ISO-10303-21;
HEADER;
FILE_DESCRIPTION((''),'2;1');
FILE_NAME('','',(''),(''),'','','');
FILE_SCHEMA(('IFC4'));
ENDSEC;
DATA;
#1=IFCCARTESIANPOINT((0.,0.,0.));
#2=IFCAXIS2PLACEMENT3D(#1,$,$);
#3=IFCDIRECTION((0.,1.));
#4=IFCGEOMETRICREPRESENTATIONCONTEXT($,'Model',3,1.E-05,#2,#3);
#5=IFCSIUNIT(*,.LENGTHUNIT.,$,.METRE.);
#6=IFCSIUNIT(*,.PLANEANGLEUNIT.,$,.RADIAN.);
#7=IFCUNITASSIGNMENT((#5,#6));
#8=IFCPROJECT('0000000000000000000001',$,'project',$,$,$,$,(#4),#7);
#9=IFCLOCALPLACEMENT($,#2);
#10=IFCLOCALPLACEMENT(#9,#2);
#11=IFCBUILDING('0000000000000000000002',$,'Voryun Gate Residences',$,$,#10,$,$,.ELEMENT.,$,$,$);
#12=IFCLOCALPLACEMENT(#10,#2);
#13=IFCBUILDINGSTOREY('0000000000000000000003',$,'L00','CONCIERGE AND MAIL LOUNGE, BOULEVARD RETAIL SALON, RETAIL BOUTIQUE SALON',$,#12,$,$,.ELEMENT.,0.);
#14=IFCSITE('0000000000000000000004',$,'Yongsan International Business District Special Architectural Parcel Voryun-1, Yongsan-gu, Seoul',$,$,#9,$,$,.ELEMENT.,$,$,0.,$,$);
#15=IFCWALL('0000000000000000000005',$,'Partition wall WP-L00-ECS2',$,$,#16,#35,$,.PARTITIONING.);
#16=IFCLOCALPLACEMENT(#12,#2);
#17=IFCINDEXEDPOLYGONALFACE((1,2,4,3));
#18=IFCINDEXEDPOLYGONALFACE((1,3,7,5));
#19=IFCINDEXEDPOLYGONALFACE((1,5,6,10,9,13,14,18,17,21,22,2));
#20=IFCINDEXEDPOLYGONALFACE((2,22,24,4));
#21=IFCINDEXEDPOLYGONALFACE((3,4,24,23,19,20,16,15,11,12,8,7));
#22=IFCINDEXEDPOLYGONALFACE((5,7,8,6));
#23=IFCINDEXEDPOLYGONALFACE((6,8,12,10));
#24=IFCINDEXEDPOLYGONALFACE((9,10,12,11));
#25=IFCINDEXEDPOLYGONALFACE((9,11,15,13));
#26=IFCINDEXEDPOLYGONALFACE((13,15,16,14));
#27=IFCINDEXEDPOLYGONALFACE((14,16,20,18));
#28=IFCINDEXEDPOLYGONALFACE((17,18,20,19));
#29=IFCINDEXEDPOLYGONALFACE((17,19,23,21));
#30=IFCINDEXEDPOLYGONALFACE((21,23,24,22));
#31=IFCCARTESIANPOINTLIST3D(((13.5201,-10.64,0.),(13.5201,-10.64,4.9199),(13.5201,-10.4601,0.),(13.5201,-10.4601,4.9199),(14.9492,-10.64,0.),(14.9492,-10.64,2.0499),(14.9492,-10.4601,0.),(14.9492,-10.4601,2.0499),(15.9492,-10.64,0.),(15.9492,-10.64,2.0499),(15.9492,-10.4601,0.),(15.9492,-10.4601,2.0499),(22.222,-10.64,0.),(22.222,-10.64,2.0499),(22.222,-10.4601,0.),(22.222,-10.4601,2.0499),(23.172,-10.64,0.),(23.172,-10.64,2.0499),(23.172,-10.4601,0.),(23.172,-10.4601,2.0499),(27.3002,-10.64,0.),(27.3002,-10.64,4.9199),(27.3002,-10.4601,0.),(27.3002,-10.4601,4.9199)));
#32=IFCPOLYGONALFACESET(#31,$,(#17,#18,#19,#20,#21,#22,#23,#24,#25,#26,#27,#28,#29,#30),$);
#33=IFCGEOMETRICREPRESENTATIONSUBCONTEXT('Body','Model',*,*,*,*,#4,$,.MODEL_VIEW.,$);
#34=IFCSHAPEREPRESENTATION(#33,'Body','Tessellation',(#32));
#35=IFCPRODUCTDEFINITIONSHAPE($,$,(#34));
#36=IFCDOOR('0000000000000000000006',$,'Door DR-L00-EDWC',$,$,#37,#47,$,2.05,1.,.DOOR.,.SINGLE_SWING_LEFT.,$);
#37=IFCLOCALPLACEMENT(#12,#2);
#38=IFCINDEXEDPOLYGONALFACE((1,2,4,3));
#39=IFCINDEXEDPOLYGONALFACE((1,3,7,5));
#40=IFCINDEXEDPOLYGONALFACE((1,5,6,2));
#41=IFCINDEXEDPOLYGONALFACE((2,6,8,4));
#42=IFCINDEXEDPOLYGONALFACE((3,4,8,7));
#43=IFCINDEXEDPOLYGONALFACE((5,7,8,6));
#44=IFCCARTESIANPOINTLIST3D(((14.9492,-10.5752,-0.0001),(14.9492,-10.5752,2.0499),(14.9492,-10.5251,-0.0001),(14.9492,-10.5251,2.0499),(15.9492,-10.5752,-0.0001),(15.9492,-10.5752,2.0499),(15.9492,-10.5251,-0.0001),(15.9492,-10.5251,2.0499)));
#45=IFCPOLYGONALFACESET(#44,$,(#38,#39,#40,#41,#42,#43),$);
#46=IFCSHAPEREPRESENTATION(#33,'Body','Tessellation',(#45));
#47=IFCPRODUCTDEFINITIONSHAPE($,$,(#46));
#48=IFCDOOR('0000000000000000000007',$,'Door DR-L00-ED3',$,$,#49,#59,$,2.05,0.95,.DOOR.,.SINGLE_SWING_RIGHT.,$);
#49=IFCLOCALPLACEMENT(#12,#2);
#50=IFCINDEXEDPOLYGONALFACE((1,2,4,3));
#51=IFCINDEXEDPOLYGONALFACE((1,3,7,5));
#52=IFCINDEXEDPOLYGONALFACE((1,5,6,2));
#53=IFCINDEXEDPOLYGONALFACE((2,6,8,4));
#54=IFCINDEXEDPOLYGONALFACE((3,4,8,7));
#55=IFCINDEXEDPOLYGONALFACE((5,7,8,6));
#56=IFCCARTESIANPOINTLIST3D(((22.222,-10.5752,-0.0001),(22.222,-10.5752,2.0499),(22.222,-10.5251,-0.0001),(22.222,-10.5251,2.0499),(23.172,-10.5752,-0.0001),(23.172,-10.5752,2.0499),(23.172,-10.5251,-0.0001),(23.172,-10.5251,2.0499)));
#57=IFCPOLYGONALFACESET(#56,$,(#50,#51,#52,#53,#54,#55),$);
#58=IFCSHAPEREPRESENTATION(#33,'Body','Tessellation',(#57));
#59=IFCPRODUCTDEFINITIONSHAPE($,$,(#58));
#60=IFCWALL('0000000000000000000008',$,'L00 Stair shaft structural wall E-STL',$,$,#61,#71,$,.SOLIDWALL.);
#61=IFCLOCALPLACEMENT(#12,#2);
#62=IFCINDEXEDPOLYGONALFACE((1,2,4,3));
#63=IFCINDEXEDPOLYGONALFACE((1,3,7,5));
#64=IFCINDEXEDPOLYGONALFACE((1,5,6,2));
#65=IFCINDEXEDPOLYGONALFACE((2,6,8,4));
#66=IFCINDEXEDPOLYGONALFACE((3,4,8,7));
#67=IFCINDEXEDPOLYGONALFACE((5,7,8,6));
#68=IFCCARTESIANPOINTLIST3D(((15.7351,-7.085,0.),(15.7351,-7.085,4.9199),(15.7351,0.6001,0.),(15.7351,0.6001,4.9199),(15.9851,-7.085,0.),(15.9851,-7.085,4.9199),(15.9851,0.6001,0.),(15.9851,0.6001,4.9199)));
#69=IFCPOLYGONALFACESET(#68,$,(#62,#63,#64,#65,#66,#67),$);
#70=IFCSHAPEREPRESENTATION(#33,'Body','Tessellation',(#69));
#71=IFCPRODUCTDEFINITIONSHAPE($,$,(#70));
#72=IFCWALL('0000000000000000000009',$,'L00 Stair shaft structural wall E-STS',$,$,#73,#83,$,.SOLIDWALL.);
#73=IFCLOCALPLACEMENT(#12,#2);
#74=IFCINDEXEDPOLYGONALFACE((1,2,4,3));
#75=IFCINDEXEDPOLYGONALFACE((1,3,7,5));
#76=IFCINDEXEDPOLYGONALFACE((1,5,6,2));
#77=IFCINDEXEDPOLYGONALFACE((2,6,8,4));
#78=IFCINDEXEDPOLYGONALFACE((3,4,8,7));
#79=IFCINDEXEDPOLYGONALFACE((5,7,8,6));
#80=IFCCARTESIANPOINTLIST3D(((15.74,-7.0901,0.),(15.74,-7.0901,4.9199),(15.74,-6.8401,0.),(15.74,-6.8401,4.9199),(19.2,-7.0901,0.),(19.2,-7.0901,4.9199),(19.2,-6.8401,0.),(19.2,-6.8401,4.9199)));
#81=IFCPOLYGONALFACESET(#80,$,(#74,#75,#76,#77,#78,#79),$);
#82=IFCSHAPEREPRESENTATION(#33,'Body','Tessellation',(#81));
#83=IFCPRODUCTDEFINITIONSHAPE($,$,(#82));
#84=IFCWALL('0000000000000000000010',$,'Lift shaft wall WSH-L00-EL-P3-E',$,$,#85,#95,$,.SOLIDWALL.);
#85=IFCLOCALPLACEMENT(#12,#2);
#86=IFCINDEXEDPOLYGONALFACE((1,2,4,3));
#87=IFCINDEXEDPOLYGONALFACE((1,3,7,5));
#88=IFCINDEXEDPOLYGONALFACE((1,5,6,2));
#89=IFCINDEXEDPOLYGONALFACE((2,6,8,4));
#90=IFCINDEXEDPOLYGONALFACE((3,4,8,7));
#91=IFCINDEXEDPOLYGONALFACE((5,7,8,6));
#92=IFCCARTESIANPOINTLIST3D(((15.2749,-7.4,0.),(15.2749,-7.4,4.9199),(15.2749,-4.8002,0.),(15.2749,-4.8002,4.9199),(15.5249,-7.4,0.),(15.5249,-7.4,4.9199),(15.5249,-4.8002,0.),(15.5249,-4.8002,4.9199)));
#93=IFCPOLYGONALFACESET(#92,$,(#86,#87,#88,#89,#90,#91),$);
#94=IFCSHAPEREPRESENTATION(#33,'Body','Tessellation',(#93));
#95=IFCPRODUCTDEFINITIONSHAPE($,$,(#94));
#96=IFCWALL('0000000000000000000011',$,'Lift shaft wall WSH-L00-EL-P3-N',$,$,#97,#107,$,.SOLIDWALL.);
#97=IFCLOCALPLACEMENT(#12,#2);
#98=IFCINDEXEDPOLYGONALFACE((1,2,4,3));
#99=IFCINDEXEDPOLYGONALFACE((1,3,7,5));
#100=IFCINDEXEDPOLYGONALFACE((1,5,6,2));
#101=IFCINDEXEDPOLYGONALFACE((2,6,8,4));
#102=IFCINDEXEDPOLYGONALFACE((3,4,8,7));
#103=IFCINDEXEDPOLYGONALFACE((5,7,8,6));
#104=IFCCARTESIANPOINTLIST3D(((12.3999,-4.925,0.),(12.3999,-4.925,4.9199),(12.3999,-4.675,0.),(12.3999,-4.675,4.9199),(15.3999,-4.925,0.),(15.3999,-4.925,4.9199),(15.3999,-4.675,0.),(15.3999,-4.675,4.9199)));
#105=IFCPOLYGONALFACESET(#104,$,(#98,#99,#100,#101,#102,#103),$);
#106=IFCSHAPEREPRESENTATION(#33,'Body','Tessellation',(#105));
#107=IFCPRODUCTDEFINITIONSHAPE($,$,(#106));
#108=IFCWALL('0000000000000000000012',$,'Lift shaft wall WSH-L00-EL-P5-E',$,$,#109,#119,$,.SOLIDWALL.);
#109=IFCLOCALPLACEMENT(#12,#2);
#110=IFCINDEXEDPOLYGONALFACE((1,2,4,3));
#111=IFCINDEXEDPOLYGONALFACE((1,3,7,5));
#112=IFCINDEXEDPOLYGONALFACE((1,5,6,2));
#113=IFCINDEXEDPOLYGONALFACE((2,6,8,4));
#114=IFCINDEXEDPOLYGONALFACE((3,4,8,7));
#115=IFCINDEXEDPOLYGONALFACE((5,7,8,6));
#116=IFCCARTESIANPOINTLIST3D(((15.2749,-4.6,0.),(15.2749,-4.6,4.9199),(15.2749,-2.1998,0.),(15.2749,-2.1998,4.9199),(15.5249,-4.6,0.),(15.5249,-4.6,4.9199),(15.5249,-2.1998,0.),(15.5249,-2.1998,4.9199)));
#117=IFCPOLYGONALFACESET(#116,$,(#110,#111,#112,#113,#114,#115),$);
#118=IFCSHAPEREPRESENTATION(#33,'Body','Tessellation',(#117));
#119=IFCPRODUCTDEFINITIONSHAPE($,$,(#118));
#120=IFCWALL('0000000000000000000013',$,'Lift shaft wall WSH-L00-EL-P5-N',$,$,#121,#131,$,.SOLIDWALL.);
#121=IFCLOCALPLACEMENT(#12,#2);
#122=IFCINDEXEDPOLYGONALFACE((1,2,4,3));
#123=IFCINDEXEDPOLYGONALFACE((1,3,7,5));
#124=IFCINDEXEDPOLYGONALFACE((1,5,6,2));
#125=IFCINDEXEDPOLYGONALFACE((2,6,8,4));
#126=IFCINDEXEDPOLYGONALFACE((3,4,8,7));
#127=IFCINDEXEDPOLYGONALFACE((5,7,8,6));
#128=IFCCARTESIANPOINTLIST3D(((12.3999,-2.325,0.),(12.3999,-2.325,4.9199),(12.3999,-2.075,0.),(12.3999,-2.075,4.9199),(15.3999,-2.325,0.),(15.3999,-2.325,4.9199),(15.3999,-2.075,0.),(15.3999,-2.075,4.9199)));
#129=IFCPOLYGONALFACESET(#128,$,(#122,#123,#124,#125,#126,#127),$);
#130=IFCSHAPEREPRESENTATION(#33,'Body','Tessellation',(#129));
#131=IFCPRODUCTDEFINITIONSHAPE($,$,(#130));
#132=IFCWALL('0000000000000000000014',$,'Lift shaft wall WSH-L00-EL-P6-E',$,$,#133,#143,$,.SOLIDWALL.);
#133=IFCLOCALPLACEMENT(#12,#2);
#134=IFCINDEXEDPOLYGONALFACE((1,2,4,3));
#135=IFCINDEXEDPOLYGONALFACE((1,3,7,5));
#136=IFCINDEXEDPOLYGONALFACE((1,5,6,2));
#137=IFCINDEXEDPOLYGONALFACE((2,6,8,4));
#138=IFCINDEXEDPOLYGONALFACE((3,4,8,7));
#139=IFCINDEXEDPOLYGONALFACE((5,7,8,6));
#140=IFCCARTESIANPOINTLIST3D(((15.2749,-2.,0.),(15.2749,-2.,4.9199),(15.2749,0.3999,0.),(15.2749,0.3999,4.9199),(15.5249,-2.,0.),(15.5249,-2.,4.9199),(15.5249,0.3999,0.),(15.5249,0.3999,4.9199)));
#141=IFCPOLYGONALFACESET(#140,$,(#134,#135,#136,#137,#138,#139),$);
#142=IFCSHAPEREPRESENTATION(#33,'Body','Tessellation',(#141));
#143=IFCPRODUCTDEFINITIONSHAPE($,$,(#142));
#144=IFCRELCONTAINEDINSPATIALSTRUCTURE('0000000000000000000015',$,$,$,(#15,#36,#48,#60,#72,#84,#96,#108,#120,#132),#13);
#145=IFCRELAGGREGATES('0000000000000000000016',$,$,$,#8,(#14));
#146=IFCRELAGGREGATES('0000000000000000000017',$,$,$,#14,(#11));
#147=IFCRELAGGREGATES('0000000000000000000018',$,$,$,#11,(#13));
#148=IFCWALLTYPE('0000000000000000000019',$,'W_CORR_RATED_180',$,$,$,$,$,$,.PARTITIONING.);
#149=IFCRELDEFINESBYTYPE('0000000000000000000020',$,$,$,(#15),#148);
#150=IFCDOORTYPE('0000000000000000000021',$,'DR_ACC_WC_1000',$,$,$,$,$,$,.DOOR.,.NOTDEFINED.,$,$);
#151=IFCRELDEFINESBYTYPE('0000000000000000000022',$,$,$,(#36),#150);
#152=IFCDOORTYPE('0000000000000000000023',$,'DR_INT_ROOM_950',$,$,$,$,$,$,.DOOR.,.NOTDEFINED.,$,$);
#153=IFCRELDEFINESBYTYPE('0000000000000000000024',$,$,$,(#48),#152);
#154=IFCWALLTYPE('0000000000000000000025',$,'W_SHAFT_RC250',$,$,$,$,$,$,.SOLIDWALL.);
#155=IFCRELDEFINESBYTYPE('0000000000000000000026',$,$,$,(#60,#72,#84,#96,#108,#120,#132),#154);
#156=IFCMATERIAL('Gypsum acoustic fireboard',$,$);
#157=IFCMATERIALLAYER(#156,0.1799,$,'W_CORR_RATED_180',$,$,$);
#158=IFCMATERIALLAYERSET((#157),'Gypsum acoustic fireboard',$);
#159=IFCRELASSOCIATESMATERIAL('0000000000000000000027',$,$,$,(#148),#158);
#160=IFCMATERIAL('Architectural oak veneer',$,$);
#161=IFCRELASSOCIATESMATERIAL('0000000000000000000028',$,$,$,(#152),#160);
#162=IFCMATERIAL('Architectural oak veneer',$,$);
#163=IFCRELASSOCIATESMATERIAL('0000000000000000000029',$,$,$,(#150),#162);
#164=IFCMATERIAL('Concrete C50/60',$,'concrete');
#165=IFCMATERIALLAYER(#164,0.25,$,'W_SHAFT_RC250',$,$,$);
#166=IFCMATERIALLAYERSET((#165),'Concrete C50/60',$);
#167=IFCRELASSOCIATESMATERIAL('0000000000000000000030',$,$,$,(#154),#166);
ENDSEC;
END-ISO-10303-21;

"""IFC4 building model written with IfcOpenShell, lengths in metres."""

from ifc_helpers import new_model, si_unit, direction, frame, frame_2d, origin, place, context, subcontext, project, spatial, rectangle, extrude, material, layer, layer_set, type_object, element, fill, save


model = new_model("IFC4")

# Units and contexts
model_context = context("Model", 3, precision=1e-05, world=origin(), true_north=direction((0.0, 1.0)))
body_context = subcontext(model_context, "Body", "Model", "MODEL_VIEW")
ifc_project = project(units=[si_unit("LENGTHUNIT", "METRE"), si_unit("PLANEANGLEUNIT", "RADIAN")], contexts=[model_context])

# Site, building, storey
site_placement = place(None, origin())
site = spatial("IfcSite", under=ifc_project, at=site_placement, Name="Yongsan International Business District Special Architectural Parcel Voryun-1, Yongsan-gu, Seoul", CompositionType="ELEMENT", RefElevation=0.0)
building_placement = place(site_placement, origin())
building = spatial("IfcBuilding", under=site, at=building_placement, Name="Voryun Gate Residences", CompositionType="ELEMENT")
storey_placement = place(building_placement, origin())
storey = spatial("IfcBuildingStorey", under=building, at=storey_placement, Name="L00", Description="CONCIERGE AND MAIL LOUNGE, BOULEVARD RETAIL SALON, RETAIL BOUTIQUE SALON", CompositionType="ELEMENT", Elevation=0.0)

# Shared definitions
ifc_material_1 = material(Name="Gypsum acoustic fireboard")
ifc_layer_1 = layer(ifc_material_1, 0.1799, Name="W_CORR_RATED_180")
ifc_layer_set_1 = layer_set([ifc_layer_1], Name="Gypsum acoustic fireboard")
wall_type_1 = type_object("IfcWallType", Name="W_CORR_RATED_180", PredefinedType="PARTITIONING", material=ifc_layer_set_1)
ifc_material_2 = material(Name="Architectural oak veneer")
door_type_1 = type_object("IfcDoorType", Name="DR_INT_ROOM_950", OperationType="NOTDEFINED", PredefinedType="DOOR", material=ifc_material_2)

# Wall, openings, doors
wall_1_placement = place(storey_placement, frame((13.52, -10.55, 0.0), z_axis=(0.0, 0.0, 1.0), x_axis=(1.0, 0.0, 0.0)))
wall_1 = element("IfcWall", 1, at=wall_1_placement, inside=storey, type_object=wall_type_1, Name="Partition wall WP-L00-ECS2", PredefinedType="PARTITIONING", context=body_context, shape_type="SweptSolid", body=[
    extrude(rectangle(XDim=13.78, YDim=0.1799, at=frame_2d((6.8901, 0.0))), origin(), (0.0, 0.0, 1.0), 4.9199),
])
opening_1_placement = place(wall_1_placement, frame((1.4292, 0.0, 0.0)))
opening_1 = element("IfcOpeningElement", 2, at=opening_1_placement, cuts=wall_1, PredefinedType="OPENING", context=body_context, shape_type="SweptSolid", body=[
    extrude(rectangle(XDim=1.0, YDim=2.05, at=frame_2d((0.5, 1.0249))), frame((0.0, 0.0999, 0.0), z_axis=(0.0, -1.0, 0.0), x_axis=(1.0, 0.0, 0.0)), (0.0, 0.0, 1.0), 0.2),
])
opening_2_placement = place(wall_1_placement, frame((8.7019, 0.0, 0.0)))
opening_2 = element("IfcOpeningElement", 3, at=opening_2_placement, cuts=wall_1, PredefinedType="OPENING", context=body_context, shape_type="SweptSolid", body=[
    extrude(rectangle(XDim=0.95, YDim=2.05, at=frame_2d((0.4751, 1.0249))), frame((0.0, 0.0999, 0.0), z_axis=(0.0, -1.0, 0.0), x_axis=(1.0, 0.0, 0.0)), (0.0, 0.0, 1.0), 0.2),
])
ifc_material_3 = material(Name="Architectural oak veneer")
door_type_2 = type_object("IfcDoorType", Name="DR_ACC_WC_1000", OperationType="NOTDEFINED", PredefinedType="DOOR", material=ifc_material_3)
door_1_placement = place(opening_1_placement, origin())
door_1 = element("IfcDoor", 4, at=door_1_placement, inside=storey, type_object=door_type_2, Name="Door DR-L00-EDWC", OperationType="SINGLE_SWING_LEFT", OverallHeight=2.05, OverallWidth=1.0, PredefinedType="DOOR", context=body_context, shape_type="SweptSolid", body=[
    extrude(rectangle(XDim=1.0, YDim=2.05, at=frame_2d((0.5, 1.0249))), frame((0.0, 0.0249, 0.0), z_axis=(0.0, -1.0, 0.0), x_axis=(1.0, 0.0, 0.0)), (0.0, 0.0, 1.0), 0.05),
])
fill(opening_1, door_1)
door_2_placement = place(opening_2_placement, origin())
door_2 = element("IfcDoor", 5, at=door_2_placement, inside=storey, type_object=door_type_1, Name="Door DR-L00-ED3", OperationType="SINGLE_SWING_RIGHT", OverallHeight=2.05, OverallWidth=0.95, PredefinedType="DOOR", context=body_context, shape_type="SweptSolid", body=[
    extrude(rectangle(XDim=0.95, YDim=2.05, at=frame_2d((0.4751, 1.0249))), frame((0.0, 0.0249, 0.0), z_axis=(0.0, -1.0, 0.0), x_axis=(1.0, 0.0, 0.0)), (0.0, 0.0, 1.0), 0.05),
])
fill(opening_2, door_2)

# Walls
ifc_material_4 = material(Name="Concrete C50/60", Category="concrete")
ifc_layer_2 = layer(ifc_material_4, 0.25, Name="W_SHAFT_RC250")
ifc_layer_set_2 = layer_set([ifc_layer_2], Name="Concrete C50/60")
wall_type_2 = type_object("IfcWallType", Name="W_SHAFT_RC250", PredefinedType="SOLIDWALL", material=ifc_layer_set_2)
wall_2_placement = place(storey_placement, frame((15.8601, -7.085, 0.0), z_axis=(0.0, 0.0, 1.0), x_axis=(0.0, 1.0, 0.0)))
element("IfcWall", 6, at=wall_2_placement, inside=storey, type_object=wall_type_2, Name="L00 Stair shaft structural wall E-STL", PredefinedType="SOLIDWALL", context=body_context, shape_type="SweptSolid", body=[
    extrude(rectangle(XDim=7.6851, YDim=0.25, at=frame_2d((3.8425, 0.0))), origin(), (0.0, 0.0, 1.0), 4.9199),
])
wall_3_placement = place(storey_placement, frame((15.74, -6.9651, 0.0), z_axis=(0.0, 0.0, 1.0), x_axis=(1.0, 0.0, 0.0)))
element("IfcWall", 7, at=wall_3_placement, inside=storey, type_object=wall_type_2, Name="L00 Stair shaft structural wall E-STS", PredefinedType="SOLIDWALL", context=body_context, shape_type="SweptSolid", body=[
    extrude(rectangle(XDim=3.46, YDim=0.25, at=frame_2d((1.73, 0.0))), origin(), (0.0, 0.0, 1.0), 4.9199),
])
wall_4_placement = place(storey_placement, frame((15.3999, -7.3999, 0.0), z_axis=(0.0, 0.0, 1.0), x_axis=(0.0, 1.0, 0.0)))
element("IfcWall", 8, at=wall_4_placement, inside=storey, type_object=wall_type_2, Name="Lift shaft wall WSH-L00-EL-P3-E", PredefinedType="SOLIDWALL", context=body_context, shape_type="SweptSolid", body=[
    extrude(rectangle(XDim=2.5999, YDim=0.25, at=frame_2d((1.2998, 0.0))), origin(), (0.0, 0.0, 1.0), 4.9199),
])
wall_5_placement = place(storey_placement, frame((15.3999, -4.8, 0.0), z_axis=(0.0, 0.0, 1.0), x_axis=(-1.0, 0.0, 0.0)))
element("IfcWall", 9, at=wall_5_placement, inside=storey, type_object=wall_type_2, Name="Lift shaft wall WSH-L00-EL-P3-N", PredefinedType="SOLIDWALL", context=body_context, shape_type="SweptSolid", body=[
    extrude(rectangle(XDim=3.0, YDim=0.25, at=frame_2d((1.5, 0.0))), origin(), (0.0, 0.0, 1.0), 4.9199),
])
wall_6_placement = place(storey_placement, frame((15.3999, -4.6001, 0.0), z_axis=(0.0, 0.0, 1.0), x_axis=(0.0, 1.0, 0.0)))
element("IfcWall", 10, at=wall_6_placement, inside=storey, type_object=wall_type_2, Name="Lift shaft wall WSH-L00-EL-P5-E", PredefinedType="SOLIDWALL", context=body_context, shape_type="SweptSolid", body=[
    extrude(rectangle(XDim=2.4001, YDim=0.25, at=frame_2d((1.2002, 0.0))), origin(), (0.0, 0.0, 1.0), 4.9199),
])
wall_7_placement = place(storey_placement, frame((15.3999, -2.2, 0.0), z_axis=(0.0, 0.0, 1.0), x_axis=(-1.0, 0.0, 0.0)))
element("IfcWall", 11, at=wall_7_placement, inside=storey, type_object=wall_type_2, Name="Lift shaft wall WSH-L00-EL-P5-N", PredefinedType="SOLIDWALL", context=body_context, shape_type="SweptSolid", body=[
    extrude(rectangle(XDim=3.0, YDim=0.25, at=frame_2d((1.5, 0.0))), origin(), (0.0, 0.0, 1.0), 4.9199),
])
wall_8_placement = place(storey_placement, frame((15.3999, -2.0, 0.0), z_axis=(0.0, 0.0, 1.0), x_axis=(0.0, 1.0, 0.0)))
element("IfcWall", 12, at=wall_8_placement, inside=storey, type_object=wall_type_2, Name="Lift shaft wall WSH-L00-EL-P6-E", PredefinedType="SOLIDWALL", context=body_context, shape_type="SweptSolid", body=[
    extrude(rectangle(XDim=2.3999, YDim=0.25, at=frame_2d((1.2, 0.0))), origin(), (0.0, 0.0, 1.0), 4.9199),
])

save(model, "model.ifc")
